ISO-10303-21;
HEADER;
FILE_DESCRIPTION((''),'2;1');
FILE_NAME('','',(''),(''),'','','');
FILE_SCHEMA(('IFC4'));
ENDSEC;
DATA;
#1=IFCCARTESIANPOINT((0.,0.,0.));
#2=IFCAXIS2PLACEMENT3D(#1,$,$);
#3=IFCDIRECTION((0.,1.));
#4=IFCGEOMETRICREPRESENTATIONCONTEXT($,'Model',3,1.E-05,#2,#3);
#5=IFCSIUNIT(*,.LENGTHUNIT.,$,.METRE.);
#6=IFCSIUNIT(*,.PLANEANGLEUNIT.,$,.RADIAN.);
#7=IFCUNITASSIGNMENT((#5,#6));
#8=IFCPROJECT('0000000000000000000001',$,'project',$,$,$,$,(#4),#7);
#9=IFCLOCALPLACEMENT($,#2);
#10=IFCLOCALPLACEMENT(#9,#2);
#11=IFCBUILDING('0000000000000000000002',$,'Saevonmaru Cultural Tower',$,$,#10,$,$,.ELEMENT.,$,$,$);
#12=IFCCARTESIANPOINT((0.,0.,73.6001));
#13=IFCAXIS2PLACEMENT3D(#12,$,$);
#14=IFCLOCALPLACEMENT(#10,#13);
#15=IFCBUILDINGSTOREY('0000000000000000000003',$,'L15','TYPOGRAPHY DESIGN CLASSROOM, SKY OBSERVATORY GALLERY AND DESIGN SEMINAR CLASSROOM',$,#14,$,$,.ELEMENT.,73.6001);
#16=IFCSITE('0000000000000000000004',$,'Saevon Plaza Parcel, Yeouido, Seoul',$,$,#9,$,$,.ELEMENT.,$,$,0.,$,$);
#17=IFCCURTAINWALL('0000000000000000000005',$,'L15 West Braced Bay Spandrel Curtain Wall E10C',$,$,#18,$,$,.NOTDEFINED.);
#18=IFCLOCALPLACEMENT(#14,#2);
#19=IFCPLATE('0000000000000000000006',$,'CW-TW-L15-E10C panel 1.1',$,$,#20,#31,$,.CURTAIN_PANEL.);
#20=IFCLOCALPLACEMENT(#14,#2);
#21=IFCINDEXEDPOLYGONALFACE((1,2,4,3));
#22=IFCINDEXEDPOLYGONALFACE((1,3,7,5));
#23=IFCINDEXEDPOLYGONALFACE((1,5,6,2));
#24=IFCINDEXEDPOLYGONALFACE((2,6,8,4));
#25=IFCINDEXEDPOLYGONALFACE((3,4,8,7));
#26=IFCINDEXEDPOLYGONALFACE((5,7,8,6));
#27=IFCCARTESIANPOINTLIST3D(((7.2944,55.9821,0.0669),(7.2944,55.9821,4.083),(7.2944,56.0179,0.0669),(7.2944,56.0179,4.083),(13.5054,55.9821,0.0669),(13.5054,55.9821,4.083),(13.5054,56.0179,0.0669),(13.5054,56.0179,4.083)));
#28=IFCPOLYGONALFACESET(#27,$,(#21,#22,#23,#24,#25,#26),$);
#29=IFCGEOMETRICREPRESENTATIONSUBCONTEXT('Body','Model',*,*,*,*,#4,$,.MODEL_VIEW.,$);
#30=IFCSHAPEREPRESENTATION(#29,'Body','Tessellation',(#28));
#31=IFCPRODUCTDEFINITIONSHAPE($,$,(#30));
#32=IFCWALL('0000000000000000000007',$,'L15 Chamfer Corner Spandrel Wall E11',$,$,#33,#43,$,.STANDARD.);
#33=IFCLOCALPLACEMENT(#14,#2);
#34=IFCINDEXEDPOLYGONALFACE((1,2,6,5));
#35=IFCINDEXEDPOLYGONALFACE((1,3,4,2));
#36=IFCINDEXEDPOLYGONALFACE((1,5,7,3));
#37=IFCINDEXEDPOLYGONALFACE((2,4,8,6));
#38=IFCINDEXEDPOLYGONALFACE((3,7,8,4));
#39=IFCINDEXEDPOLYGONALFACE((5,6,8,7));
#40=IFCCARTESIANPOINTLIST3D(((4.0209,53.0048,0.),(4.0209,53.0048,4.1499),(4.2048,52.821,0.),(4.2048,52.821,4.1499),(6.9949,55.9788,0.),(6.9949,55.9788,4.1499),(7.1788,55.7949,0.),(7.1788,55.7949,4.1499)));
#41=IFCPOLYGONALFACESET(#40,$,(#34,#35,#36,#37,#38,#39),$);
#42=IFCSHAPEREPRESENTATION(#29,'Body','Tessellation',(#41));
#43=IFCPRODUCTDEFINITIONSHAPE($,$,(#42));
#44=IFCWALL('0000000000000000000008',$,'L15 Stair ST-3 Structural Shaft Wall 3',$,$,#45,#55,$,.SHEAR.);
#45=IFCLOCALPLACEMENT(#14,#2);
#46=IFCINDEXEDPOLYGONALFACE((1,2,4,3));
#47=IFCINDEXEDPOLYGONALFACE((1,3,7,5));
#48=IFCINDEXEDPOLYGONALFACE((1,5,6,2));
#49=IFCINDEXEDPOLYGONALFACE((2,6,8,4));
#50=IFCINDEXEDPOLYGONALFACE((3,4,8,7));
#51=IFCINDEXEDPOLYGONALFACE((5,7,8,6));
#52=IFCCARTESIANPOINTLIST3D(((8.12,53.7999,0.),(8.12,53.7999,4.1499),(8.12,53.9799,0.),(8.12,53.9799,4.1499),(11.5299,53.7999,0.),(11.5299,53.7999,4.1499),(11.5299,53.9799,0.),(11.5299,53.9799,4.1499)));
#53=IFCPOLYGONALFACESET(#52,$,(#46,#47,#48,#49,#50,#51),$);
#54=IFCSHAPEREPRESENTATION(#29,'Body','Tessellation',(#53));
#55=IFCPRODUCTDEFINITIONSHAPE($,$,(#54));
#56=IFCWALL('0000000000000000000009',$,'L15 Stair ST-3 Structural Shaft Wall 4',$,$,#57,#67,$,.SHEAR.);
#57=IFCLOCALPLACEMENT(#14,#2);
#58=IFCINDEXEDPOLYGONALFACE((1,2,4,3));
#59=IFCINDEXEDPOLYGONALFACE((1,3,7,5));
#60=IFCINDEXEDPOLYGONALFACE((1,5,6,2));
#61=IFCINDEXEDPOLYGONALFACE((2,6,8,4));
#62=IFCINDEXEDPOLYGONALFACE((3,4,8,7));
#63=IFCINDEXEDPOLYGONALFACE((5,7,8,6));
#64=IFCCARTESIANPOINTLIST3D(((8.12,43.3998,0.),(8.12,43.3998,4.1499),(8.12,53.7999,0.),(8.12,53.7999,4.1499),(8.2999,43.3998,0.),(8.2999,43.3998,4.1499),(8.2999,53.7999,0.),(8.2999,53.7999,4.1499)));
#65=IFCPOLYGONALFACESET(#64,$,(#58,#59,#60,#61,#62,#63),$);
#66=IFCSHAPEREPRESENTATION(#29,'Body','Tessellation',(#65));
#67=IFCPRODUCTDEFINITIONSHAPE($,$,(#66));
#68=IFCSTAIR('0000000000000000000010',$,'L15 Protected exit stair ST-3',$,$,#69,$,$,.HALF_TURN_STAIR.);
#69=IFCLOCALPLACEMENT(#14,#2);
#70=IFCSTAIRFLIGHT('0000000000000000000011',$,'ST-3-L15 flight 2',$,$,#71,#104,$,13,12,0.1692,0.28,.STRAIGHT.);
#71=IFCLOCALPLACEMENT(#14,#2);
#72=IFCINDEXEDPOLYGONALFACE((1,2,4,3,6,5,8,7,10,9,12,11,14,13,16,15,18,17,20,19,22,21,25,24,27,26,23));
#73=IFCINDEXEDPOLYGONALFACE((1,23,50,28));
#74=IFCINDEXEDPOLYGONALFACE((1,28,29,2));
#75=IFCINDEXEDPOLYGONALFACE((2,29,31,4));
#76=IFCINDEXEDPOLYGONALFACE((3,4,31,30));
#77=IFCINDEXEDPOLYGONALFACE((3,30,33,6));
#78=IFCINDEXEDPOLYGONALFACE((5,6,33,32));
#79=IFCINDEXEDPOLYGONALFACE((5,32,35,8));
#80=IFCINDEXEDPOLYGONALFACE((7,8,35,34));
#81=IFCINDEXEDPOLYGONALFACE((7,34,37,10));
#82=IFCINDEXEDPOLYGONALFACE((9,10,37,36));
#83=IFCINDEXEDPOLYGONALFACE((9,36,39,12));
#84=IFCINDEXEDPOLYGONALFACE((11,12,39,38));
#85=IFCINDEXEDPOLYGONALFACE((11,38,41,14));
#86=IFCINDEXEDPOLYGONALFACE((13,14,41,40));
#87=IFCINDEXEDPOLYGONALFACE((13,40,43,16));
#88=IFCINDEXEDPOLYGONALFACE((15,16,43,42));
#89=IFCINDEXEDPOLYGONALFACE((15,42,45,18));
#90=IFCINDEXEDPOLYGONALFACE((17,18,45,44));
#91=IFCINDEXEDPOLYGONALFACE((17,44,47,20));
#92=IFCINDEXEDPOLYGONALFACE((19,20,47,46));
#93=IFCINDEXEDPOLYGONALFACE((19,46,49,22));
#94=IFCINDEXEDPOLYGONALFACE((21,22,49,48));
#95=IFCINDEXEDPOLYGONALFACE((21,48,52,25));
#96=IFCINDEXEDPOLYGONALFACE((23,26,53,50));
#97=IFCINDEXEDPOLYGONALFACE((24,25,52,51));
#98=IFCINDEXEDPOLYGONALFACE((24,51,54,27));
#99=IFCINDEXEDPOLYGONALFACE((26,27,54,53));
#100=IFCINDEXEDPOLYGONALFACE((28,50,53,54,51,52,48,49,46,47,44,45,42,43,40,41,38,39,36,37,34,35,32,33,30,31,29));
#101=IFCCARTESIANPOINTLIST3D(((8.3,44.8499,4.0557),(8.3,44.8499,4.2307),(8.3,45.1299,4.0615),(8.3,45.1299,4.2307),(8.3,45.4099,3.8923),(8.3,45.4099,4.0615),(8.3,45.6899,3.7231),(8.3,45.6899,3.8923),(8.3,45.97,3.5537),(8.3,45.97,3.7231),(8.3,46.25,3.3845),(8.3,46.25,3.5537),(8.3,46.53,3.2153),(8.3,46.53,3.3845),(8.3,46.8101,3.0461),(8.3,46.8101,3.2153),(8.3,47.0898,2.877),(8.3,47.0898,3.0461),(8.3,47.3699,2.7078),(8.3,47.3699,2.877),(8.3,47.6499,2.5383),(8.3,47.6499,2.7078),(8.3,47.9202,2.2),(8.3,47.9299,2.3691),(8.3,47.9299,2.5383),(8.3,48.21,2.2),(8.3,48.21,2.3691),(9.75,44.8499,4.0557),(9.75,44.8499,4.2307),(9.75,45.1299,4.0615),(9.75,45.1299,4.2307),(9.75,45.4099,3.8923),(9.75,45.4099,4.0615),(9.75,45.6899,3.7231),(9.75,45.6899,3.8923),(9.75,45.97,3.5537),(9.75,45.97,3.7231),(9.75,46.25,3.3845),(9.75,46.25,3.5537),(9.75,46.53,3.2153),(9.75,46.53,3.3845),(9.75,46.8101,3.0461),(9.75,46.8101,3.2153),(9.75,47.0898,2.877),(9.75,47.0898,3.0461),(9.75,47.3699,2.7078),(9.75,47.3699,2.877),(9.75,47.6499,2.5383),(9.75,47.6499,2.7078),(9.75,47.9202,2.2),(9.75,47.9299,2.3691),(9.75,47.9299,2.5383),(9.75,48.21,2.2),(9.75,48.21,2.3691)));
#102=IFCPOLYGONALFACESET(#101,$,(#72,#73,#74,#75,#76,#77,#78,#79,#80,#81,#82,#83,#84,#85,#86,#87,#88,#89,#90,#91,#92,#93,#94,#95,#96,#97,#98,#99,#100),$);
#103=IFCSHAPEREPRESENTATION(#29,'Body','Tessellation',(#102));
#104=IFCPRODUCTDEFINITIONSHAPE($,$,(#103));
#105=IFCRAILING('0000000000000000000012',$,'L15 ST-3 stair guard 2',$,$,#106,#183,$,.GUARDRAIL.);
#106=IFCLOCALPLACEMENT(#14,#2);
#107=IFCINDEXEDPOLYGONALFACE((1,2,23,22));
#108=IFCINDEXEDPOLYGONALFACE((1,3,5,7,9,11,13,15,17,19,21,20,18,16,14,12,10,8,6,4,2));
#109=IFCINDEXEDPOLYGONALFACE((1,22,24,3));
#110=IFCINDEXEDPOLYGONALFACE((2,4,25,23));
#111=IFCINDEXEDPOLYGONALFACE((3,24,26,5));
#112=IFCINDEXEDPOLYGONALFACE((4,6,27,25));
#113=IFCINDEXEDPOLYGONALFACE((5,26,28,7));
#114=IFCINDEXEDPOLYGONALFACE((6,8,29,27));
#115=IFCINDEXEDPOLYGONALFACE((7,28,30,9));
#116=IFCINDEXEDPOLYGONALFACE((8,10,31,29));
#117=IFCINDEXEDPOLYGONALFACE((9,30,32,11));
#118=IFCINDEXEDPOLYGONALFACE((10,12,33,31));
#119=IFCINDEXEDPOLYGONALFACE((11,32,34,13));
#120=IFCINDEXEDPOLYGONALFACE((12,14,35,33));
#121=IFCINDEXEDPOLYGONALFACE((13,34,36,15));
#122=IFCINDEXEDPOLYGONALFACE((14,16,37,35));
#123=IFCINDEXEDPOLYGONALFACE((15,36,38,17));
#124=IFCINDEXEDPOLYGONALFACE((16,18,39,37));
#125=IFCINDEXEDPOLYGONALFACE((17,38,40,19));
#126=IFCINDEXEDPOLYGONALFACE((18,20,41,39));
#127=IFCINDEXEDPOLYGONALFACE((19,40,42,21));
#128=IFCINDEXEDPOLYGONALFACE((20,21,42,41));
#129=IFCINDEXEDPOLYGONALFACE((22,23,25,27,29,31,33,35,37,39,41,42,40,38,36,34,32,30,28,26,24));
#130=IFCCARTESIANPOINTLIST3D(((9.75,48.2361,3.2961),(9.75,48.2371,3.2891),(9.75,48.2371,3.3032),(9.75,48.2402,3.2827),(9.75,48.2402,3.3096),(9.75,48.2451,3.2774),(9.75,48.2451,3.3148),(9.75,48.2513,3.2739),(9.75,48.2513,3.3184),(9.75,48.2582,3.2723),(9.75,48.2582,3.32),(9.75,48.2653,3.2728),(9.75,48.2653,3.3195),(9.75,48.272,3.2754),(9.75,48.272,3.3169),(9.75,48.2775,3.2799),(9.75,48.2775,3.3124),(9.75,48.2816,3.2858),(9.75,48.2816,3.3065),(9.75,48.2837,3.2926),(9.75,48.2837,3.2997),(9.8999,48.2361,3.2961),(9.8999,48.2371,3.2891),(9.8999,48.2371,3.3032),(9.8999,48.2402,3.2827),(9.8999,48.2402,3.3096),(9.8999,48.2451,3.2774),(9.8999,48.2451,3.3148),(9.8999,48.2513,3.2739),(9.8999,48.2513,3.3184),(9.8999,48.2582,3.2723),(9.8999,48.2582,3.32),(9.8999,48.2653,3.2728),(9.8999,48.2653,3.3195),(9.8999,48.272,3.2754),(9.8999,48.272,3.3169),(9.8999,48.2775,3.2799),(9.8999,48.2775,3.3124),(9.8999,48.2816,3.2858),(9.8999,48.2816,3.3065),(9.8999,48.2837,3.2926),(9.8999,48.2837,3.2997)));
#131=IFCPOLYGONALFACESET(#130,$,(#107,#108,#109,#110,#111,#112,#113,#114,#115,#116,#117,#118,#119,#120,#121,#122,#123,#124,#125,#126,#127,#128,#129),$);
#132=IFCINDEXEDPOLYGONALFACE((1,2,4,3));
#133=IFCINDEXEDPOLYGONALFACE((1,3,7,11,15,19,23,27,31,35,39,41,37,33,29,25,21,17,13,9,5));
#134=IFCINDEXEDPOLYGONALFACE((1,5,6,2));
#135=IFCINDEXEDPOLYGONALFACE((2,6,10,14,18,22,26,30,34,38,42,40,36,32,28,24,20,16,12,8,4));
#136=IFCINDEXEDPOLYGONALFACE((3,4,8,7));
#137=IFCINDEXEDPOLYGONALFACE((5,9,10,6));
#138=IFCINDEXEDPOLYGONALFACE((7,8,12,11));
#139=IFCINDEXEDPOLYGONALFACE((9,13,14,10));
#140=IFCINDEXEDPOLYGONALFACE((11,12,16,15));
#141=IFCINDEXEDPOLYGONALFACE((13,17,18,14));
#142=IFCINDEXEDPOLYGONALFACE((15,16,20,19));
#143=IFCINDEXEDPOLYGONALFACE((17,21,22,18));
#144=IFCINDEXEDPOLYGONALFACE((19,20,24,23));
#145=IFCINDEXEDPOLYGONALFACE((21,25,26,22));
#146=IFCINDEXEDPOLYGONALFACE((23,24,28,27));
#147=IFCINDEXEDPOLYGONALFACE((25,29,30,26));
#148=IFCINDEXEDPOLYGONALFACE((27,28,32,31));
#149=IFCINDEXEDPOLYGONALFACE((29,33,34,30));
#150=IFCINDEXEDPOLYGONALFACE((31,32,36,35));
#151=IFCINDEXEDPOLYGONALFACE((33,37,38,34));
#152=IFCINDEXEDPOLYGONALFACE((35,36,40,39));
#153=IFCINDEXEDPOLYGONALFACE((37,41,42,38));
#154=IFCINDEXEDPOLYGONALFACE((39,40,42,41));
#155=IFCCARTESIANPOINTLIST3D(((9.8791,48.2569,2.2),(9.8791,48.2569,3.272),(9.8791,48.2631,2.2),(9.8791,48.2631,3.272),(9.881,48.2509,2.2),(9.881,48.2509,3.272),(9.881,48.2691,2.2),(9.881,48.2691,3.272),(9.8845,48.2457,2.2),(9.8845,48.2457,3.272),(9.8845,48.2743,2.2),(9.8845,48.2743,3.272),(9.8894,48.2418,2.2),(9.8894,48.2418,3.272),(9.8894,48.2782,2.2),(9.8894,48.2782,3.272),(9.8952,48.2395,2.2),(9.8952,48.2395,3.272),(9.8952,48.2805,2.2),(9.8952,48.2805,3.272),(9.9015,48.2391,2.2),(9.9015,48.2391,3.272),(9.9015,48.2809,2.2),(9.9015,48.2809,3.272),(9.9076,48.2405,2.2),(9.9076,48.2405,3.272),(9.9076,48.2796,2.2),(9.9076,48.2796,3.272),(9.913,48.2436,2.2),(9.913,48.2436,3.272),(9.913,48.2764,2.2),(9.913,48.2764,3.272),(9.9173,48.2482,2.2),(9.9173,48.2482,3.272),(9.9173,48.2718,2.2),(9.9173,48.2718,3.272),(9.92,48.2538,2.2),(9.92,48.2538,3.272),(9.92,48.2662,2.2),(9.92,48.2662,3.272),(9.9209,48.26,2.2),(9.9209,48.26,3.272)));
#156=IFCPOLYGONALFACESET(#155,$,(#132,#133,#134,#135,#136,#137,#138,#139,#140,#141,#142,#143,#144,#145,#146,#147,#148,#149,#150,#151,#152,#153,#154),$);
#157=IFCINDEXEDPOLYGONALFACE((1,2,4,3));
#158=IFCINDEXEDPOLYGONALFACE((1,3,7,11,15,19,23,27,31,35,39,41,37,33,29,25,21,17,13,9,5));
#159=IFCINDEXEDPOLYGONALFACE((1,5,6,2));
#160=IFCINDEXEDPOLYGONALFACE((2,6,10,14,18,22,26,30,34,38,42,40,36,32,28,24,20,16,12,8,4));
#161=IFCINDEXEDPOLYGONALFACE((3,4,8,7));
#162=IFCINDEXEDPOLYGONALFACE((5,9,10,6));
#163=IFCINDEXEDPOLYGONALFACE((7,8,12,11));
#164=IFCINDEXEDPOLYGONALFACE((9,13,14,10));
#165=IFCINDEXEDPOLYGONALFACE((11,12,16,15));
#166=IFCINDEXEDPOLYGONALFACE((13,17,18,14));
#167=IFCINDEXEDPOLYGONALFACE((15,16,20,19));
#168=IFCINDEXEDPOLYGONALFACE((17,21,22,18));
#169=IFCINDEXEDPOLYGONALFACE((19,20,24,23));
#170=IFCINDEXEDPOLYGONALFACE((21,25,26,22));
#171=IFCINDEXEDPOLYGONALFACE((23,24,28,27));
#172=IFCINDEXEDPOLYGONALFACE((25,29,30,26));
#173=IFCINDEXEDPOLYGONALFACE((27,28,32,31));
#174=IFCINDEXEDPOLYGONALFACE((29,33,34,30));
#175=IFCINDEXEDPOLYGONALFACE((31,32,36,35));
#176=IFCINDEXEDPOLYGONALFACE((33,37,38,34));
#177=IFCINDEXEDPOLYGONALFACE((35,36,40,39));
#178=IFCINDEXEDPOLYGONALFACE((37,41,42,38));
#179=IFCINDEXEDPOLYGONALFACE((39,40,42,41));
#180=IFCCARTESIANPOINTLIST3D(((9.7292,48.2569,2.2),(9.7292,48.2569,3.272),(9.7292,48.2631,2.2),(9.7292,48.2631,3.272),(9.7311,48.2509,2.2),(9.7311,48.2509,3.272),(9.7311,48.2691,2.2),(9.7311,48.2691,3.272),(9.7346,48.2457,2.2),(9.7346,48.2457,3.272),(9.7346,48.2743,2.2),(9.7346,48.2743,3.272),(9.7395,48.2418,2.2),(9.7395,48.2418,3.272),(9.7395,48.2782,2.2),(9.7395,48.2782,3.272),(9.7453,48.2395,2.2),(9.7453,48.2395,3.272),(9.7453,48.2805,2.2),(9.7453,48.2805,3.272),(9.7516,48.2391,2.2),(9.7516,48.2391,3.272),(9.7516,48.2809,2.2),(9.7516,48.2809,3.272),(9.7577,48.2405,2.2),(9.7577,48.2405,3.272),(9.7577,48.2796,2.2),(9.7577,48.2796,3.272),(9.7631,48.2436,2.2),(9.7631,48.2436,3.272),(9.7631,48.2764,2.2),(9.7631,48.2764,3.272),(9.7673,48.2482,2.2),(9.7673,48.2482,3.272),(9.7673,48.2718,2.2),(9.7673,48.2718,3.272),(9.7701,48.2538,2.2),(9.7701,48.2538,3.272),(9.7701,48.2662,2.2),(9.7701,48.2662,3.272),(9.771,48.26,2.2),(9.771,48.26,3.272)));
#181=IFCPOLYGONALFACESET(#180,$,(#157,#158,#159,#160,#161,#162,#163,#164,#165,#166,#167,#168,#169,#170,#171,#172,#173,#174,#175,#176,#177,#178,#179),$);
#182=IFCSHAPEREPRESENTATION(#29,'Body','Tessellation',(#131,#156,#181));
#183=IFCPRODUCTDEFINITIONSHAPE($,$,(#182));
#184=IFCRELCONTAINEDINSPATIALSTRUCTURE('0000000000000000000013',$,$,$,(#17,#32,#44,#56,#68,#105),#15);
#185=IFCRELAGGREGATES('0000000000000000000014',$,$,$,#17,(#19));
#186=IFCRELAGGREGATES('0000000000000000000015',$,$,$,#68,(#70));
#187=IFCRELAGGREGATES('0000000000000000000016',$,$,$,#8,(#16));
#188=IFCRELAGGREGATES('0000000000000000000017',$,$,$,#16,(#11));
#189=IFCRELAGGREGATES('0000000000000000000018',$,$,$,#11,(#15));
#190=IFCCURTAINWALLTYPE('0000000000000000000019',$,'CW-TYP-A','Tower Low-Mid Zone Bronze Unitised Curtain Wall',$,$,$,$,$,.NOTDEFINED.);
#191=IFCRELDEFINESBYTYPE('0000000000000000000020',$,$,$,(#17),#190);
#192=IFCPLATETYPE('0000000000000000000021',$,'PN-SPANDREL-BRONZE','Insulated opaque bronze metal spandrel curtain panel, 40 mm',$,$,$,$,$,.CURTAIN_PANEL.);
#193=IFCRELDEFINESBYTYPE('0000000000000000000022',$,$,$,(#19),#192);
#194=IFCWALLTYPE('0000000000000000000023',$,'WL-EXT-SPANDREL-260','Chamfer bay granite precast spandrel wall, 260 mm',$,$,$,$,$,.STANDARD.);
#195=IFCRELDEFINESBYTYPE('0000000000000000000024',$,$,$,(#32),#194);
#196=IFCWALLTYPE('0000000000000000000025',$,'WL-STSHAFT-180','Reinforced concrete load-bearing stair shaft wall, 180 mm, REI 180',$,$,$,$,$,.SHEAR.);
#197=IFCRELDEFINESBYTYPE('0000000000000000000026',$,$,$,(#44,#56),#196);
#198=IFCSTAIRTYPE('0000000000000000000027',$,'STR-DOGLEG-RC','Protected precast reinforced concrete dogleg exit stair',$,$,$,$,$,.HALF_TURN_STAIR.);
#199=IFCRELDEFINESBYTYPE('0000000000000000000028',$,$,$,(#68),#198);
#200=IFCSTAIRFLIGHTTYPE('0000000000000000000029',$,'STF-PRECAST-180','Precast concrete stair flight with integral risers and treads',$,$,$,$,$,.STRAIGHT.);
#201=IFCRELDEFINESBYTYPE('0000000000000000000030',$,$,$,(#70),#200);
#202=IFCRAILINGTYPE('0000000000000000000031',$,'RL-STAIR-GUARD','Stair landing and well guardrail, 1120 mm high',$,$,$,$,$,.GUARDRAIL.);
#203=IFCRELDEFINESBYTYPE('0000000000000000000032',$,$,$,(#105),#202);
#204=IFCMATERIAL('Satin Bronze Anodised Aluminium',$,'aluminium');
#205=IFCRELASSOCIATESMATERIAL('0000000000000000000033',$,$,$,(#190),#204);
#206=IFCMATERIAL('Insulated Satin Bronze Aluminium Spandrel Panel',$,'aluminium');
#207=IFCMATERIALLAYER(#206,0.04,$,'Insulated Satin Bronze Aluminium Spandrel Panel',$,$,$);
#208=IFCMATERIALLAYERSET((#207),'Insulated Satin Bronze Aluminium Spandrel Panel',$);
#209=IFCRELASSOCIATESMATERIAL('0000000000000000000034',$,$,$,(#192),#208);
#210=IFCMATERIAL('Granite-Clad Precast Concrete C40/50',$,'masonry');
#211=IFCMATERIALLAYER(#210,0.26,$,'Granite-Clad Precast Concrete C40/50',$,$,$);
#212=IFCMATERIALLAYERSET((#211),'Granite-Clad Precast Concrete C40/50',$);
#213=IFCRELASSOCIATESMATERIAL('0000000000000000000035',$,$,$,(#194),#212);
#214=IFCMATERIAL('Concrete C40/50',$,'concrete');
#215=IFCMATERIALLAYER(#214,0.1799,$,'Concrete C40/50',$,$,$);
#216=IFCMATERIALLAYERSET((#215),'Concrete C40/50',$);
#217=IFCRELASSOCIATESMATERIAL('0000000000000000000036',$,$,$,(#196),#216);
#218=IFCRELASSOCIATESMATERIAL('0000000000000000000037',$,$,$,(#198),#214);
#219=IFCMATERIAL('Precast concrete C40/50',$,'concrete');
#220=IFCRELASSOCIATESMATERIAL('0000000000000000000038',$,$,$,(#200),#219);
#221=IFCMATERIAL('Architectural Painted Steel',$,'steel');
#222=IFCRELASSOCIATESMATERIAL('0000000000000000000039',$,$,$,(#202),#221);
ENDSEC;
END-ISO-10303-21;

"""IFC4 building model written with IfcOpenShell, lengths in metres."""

from ifc_helpers import new_model, si_unit, direction, frame, frame_2d, origin, origin_2d, place, context, subcontext, project, spatial, polyline, rectangle, circle, outline, extrude, material, layer, layer_set, type_object, element, aggregate, save


model = new_model("IFC4")

# Units and contexts
model_context = context("Model", 3, precision=1e-05, world=origin(), true_north=direction((0.0, 1.0)))
body_context = subcontext(model_context, "Body", "Model", "MODEL_VIEW")
ifc_project = project(units=[si_unit("LENGTHUNIT", "METRE"), si_unit("PLANEANGLEUNIT", "RADIAN")], contexts=[model_context])

# Site, building, storey
site_placement = place(None, origin())
site = spatial("IfcSite", under=ifc_project, at=site_placement, Name="Saevon Plaza Parcel, Yeouido, Seoul", CompositionType="ELEMENT", RefElevation=0.0)
building_placement = place(site_placement, origin())
building = spatial("IfcBuilding", under=site, at=building_placement, Name="Saevonmaru Cultural Tower", CompositionType="ELEMENT")
storey_placement = place(building_placement, frame((0.0, 0.0, 73.6001)))
storey = spatial("IfcBuildingStorey", under=building, at=storey_placement, Name="L15", Description="TYPOGRAPHY DESIGN CLASSROOM, SKY OBSERVATORY GALLERY AND DESIGN SEMINAR CLASSROOM", CompositionType="ELEMENT", Elevation=73.6001)

# Curtain wall
ifc_material_1 = material(Name="Satin Bronze Anodised Aluminium", Category="aluminium")
curtain_wall_type = type_object("IfcCurtainWallType", Name="CW-TYP-A", Description="Tower Low-Mid Zone Bronze Unitised Curtain Wall", PredefinedType="NOTDEFINED", material=ifc_material_1)
curtain_wall_1_placement = place(storey_placement, origin())
curtain_wall_1 = element("IfcCurtainWall", 1, at=curtain_wall_1_placement, inside=storey, type_object=curtain_wall_type, Name="L15 West Braced Bay Spandrel Curtain Wall E10C", PredefinedType="NOTDEFINED")

# Plate
ifc_material_2 = material(Name="Insulated Satin Bronze Aluminium Spandrel Panel", Category="aluminium")
ifc_layer_1 = layer(ifc_material_2, 0.04, Name="Insulated Satin Bronze Aluminium Spandrel Panel")
ifc_layer_set_1 = layer_set([ifc_layer_1], Name="Insulated Satin Bronze Aluminium Spandrel Panel")
plate_type_1 = type_object("IfcPlateType", Name="PN-SPANDREL-BRONZE", Description="Insulated opaque bronze metal spandrel curtain panel, 40 mm", PredefinedType="CURTAIN_PANEL", material=ifc_layer_set_1)
plate_1_placement = place(storey_placement, frame((10.3999, 56.0, 0.0669), z_axis=(0.0, 0.0, 1.0), x_axis=(-1.0, 0.0, 0.0)))
plate_1 = element("IfcPlate", 2, at=plate_1_placement, type_object=plate_type_1, Name="CW-TW-L15-E10C panel 1.1", PredefinedType="CURTAIN_PANEL", context=body_context, shape_type="SweptSolid", body=[
    extrude(rectangle(XDim=6.2109, YDim=0.0359, at=origin_2d()), origin(), (0.0, 0.0, 1.0), 4.0161),
])
aggregate(curtain_wall_1, [plate_1])

# Walls
ifc_material_3 = material(Name="Granite-Clad Precast Concrete C40/50", Category="masonry")
ifc_layer_2 = layer(ifc_material_3, 0.26, Name="Granite-Clad Precast Concrete C40/50")
ifc_layer_set_2 = layer_set([ifc_layer_2], Name="Granite-Clad Precast Concrete C40/50")
wall_type_1 = type_object("IfcWallType", Name="WL-EXT-SPANDREL-260", Description="Chamfer bay granite precast spandrel wall, 260 mm", PredefinedType="STANDARD", material=ifc_layer_set_2)
wall_1_placement = place(storey_placement, frame((7.0869, 55.887, 0.0), z_axis=(0.0, 0.0, 1.0), x_axis=(-0.707107, -0.707107, 0.0)))
element("IfcWall", 3, at=wall_1_placement, inside=storey, type_object=wall_type_1, Name="L15 Chamfer Corner Spandrel Wall E11", PredefinedType="STANDARD", context=body_context, shape_type="SweptSolid", body=[
    extrude(rectangle(XDim=4.2058, YDim=0.26, at=frame_2d((2.103, 0.0))), origin(), (0.0, 0.0, 1.0), 4.1499),
])
ifc_material_4 = material(Name="Concrete C40/50", Category="concrete")
ifc_layer_3 = layer(ifc_material_4, 0.1799, Name="Concrete C40/50")
ifc_layer_set_3 = layer_set([ifc_layer_3], Name="Concrete C40/50")
wall_type_2 = type_object("IfcWallType", Name="WL-STSHAFT-180", Description="Reinforced concrete load-bearing stair shaft wall, 180 mm, REI 180", PredefinedType="SHEAR", material=ifc_layer_set_3)
wall_2_placement = place(storey_placement, frame((11.53, 53.8899, 0.0), z_axis=(0.0, 0.0, 1.0), x_axis=(-1.0, 0.0, 0.0)))
element("IfcWall", 4, at=wall_2_placement, inside=storey, type_object=wall_type_2, Name="L15 Stair ST-3 Structural Shaft Wall 3", PredefinedType="SHEAR", context=body_context, shape_type="SweptSolid", body=[
    extrude(rectangle(XDim=3.4099, YDim=0.1799, at=frame_2d((1.7051, 0.0))), origin(), (0.0, 0.0, 1.0), 4.1499),
])
wall_3_placement = place(storey_placement, frame((8.21, 53.8, 0.0), z_axis=(0.0, 0.0, 1.0), x_axis=(0.0, -1.0, 0.0)))
element("IfcWall", 5, at=wall_3_placement, inside=storey, type_object=wall_type_2, Name="L15 Stair ST-3 Structural Shaft Wall 4", PredefinedType="SHEAR", context=body_context, shape_type="SweptSolid", body=[
    extrude(rectangle(XDim=10.4001, YDim=0.1799, at=frame_2d((5.2002, 0.0))), origin(), (0.0, 0.0, 1.0), 4.1499),
])

# Stair, stair flight
stair_type = type_object("IfcStairType", Name="STR-DOGLEG-RC", Description="Protected precast reinforced concrete dogleg exit stair", PredefinedType="HALF_TURN_STAIR", material=ifc_material_4)
stair_placement = place(storey_placement, origin())
stair = element("IfcStair", 6, at=stair_placement, inside=storey, type_object=stair_type, Name="L15 Protected exit stair ST-3", PredefinedType="HALF_TURN_STAIR")
ifc_material_5 = material(Name="Precast concrete C40/50", Category="concrete")
stair_flight_type = type_object("IfcStairFlightType", Name="STF-PRECAST-180", Description="Precast concrete stair flight with integral risers and treads", PredefinedType="STRAIGHT", material=ifc_material_5)
stair_flight_placement = place(storey_placement, frame((9.0249, 48.21, 2.2), z_axis=(0.0, 0.0, 1.0), x_axis=(0.0, -1.0, 0.0)))
stair_flight = element("IfcStairFlight", 7, at=stair_flight_placement, type_object=stair_flight_type, Name="ST-3-L15 flight 2", NumberOfRisers=13, NumberOfTreads=12, PredefinedType="STRAIGHT", RiserHeight=0.1692, TreadLength=0.28, context=body_context, shape_type="SweptSolid", body=[
    extrude(outline(polyline([(0.0, 0.0), (0.0, 0.1692), (0.28, 0.1692), (0.28, 0.3384), (0.5601, 0.3384), (0.5601, 0.5078), (0.8401, 0.5078), (0.8401, 0.677), (1.1201, 0.677), (1.1201, 0.8462), (1.3999, 0.8462), (1.3999, 1.0154), (1.6799, 1.0154), (1.6799, 1.1846), (1.96, 1.1846), (1.96, 1.3538), (2.24, 1.3538), (2.24, 1.5232), (2.52, 1.5232), (2.52, 1.6924), (2.8, 1.6924), (2.8, 1.8616), (3.0801, 1.8616), (3.0801, 2.0308), (3.3601, 2.0308), (3.3601, 2.2), (3.3601, 1.8557), (0.2898, 0.0), (0.0, 0.0)])), frame((0.0, 0.7251, 0.0), z_axis=(0.0, -1.0, 0.0), x_axis=(1.0, 0.0, 0.0)), (0.0, 0.0, 1.0), 1.45),
])
aggregate(stair, [stair_flight])

# Railing
ifc_material_6 = material(Name="Architectural Painted Steel", Category="steel")
railing_type_1 = type_object("IfcRailingType", Name="RL-STAIR-GUARD", Description="Stair landing and well guardrail, 1120 mm high", PredefinedType="GUARDRAIL", material=ifc_material_6)
railing_1_placement = place(storey_placement, frame((9.8999, 48.26, 2.2)))
element("IfcRailing", 8, at=railing_1_placement, inside=storey, type_object=railing_type_1, Name="L15 ST-3 stair guard 2", PredefinedType="GUARDRAIL", context=body_context, shape_type="SweptSolid", body=[
    extrude(circle(Radius=0.0239, at=origin_2d()), frame((0.0, 0.0, 1.0962), z_axis=(-1.0, 0.0, 0.0), x_axis=(0.0, -1.0, 0.0)), (0.0, 0.0, 1.0), 0.1499),
    extrude(circle(Radius=0.021, at=origin_2d()), origin(), (0.0, 0.0, 1.0), 1.072),
    extrude(circle(Radius=0.021, at=origin_2d()), frame((-0.1499, 0.0, 0.0)), (0.0, 0.0, 1.0), 1.072),
])

save(model, "model.ifc")
